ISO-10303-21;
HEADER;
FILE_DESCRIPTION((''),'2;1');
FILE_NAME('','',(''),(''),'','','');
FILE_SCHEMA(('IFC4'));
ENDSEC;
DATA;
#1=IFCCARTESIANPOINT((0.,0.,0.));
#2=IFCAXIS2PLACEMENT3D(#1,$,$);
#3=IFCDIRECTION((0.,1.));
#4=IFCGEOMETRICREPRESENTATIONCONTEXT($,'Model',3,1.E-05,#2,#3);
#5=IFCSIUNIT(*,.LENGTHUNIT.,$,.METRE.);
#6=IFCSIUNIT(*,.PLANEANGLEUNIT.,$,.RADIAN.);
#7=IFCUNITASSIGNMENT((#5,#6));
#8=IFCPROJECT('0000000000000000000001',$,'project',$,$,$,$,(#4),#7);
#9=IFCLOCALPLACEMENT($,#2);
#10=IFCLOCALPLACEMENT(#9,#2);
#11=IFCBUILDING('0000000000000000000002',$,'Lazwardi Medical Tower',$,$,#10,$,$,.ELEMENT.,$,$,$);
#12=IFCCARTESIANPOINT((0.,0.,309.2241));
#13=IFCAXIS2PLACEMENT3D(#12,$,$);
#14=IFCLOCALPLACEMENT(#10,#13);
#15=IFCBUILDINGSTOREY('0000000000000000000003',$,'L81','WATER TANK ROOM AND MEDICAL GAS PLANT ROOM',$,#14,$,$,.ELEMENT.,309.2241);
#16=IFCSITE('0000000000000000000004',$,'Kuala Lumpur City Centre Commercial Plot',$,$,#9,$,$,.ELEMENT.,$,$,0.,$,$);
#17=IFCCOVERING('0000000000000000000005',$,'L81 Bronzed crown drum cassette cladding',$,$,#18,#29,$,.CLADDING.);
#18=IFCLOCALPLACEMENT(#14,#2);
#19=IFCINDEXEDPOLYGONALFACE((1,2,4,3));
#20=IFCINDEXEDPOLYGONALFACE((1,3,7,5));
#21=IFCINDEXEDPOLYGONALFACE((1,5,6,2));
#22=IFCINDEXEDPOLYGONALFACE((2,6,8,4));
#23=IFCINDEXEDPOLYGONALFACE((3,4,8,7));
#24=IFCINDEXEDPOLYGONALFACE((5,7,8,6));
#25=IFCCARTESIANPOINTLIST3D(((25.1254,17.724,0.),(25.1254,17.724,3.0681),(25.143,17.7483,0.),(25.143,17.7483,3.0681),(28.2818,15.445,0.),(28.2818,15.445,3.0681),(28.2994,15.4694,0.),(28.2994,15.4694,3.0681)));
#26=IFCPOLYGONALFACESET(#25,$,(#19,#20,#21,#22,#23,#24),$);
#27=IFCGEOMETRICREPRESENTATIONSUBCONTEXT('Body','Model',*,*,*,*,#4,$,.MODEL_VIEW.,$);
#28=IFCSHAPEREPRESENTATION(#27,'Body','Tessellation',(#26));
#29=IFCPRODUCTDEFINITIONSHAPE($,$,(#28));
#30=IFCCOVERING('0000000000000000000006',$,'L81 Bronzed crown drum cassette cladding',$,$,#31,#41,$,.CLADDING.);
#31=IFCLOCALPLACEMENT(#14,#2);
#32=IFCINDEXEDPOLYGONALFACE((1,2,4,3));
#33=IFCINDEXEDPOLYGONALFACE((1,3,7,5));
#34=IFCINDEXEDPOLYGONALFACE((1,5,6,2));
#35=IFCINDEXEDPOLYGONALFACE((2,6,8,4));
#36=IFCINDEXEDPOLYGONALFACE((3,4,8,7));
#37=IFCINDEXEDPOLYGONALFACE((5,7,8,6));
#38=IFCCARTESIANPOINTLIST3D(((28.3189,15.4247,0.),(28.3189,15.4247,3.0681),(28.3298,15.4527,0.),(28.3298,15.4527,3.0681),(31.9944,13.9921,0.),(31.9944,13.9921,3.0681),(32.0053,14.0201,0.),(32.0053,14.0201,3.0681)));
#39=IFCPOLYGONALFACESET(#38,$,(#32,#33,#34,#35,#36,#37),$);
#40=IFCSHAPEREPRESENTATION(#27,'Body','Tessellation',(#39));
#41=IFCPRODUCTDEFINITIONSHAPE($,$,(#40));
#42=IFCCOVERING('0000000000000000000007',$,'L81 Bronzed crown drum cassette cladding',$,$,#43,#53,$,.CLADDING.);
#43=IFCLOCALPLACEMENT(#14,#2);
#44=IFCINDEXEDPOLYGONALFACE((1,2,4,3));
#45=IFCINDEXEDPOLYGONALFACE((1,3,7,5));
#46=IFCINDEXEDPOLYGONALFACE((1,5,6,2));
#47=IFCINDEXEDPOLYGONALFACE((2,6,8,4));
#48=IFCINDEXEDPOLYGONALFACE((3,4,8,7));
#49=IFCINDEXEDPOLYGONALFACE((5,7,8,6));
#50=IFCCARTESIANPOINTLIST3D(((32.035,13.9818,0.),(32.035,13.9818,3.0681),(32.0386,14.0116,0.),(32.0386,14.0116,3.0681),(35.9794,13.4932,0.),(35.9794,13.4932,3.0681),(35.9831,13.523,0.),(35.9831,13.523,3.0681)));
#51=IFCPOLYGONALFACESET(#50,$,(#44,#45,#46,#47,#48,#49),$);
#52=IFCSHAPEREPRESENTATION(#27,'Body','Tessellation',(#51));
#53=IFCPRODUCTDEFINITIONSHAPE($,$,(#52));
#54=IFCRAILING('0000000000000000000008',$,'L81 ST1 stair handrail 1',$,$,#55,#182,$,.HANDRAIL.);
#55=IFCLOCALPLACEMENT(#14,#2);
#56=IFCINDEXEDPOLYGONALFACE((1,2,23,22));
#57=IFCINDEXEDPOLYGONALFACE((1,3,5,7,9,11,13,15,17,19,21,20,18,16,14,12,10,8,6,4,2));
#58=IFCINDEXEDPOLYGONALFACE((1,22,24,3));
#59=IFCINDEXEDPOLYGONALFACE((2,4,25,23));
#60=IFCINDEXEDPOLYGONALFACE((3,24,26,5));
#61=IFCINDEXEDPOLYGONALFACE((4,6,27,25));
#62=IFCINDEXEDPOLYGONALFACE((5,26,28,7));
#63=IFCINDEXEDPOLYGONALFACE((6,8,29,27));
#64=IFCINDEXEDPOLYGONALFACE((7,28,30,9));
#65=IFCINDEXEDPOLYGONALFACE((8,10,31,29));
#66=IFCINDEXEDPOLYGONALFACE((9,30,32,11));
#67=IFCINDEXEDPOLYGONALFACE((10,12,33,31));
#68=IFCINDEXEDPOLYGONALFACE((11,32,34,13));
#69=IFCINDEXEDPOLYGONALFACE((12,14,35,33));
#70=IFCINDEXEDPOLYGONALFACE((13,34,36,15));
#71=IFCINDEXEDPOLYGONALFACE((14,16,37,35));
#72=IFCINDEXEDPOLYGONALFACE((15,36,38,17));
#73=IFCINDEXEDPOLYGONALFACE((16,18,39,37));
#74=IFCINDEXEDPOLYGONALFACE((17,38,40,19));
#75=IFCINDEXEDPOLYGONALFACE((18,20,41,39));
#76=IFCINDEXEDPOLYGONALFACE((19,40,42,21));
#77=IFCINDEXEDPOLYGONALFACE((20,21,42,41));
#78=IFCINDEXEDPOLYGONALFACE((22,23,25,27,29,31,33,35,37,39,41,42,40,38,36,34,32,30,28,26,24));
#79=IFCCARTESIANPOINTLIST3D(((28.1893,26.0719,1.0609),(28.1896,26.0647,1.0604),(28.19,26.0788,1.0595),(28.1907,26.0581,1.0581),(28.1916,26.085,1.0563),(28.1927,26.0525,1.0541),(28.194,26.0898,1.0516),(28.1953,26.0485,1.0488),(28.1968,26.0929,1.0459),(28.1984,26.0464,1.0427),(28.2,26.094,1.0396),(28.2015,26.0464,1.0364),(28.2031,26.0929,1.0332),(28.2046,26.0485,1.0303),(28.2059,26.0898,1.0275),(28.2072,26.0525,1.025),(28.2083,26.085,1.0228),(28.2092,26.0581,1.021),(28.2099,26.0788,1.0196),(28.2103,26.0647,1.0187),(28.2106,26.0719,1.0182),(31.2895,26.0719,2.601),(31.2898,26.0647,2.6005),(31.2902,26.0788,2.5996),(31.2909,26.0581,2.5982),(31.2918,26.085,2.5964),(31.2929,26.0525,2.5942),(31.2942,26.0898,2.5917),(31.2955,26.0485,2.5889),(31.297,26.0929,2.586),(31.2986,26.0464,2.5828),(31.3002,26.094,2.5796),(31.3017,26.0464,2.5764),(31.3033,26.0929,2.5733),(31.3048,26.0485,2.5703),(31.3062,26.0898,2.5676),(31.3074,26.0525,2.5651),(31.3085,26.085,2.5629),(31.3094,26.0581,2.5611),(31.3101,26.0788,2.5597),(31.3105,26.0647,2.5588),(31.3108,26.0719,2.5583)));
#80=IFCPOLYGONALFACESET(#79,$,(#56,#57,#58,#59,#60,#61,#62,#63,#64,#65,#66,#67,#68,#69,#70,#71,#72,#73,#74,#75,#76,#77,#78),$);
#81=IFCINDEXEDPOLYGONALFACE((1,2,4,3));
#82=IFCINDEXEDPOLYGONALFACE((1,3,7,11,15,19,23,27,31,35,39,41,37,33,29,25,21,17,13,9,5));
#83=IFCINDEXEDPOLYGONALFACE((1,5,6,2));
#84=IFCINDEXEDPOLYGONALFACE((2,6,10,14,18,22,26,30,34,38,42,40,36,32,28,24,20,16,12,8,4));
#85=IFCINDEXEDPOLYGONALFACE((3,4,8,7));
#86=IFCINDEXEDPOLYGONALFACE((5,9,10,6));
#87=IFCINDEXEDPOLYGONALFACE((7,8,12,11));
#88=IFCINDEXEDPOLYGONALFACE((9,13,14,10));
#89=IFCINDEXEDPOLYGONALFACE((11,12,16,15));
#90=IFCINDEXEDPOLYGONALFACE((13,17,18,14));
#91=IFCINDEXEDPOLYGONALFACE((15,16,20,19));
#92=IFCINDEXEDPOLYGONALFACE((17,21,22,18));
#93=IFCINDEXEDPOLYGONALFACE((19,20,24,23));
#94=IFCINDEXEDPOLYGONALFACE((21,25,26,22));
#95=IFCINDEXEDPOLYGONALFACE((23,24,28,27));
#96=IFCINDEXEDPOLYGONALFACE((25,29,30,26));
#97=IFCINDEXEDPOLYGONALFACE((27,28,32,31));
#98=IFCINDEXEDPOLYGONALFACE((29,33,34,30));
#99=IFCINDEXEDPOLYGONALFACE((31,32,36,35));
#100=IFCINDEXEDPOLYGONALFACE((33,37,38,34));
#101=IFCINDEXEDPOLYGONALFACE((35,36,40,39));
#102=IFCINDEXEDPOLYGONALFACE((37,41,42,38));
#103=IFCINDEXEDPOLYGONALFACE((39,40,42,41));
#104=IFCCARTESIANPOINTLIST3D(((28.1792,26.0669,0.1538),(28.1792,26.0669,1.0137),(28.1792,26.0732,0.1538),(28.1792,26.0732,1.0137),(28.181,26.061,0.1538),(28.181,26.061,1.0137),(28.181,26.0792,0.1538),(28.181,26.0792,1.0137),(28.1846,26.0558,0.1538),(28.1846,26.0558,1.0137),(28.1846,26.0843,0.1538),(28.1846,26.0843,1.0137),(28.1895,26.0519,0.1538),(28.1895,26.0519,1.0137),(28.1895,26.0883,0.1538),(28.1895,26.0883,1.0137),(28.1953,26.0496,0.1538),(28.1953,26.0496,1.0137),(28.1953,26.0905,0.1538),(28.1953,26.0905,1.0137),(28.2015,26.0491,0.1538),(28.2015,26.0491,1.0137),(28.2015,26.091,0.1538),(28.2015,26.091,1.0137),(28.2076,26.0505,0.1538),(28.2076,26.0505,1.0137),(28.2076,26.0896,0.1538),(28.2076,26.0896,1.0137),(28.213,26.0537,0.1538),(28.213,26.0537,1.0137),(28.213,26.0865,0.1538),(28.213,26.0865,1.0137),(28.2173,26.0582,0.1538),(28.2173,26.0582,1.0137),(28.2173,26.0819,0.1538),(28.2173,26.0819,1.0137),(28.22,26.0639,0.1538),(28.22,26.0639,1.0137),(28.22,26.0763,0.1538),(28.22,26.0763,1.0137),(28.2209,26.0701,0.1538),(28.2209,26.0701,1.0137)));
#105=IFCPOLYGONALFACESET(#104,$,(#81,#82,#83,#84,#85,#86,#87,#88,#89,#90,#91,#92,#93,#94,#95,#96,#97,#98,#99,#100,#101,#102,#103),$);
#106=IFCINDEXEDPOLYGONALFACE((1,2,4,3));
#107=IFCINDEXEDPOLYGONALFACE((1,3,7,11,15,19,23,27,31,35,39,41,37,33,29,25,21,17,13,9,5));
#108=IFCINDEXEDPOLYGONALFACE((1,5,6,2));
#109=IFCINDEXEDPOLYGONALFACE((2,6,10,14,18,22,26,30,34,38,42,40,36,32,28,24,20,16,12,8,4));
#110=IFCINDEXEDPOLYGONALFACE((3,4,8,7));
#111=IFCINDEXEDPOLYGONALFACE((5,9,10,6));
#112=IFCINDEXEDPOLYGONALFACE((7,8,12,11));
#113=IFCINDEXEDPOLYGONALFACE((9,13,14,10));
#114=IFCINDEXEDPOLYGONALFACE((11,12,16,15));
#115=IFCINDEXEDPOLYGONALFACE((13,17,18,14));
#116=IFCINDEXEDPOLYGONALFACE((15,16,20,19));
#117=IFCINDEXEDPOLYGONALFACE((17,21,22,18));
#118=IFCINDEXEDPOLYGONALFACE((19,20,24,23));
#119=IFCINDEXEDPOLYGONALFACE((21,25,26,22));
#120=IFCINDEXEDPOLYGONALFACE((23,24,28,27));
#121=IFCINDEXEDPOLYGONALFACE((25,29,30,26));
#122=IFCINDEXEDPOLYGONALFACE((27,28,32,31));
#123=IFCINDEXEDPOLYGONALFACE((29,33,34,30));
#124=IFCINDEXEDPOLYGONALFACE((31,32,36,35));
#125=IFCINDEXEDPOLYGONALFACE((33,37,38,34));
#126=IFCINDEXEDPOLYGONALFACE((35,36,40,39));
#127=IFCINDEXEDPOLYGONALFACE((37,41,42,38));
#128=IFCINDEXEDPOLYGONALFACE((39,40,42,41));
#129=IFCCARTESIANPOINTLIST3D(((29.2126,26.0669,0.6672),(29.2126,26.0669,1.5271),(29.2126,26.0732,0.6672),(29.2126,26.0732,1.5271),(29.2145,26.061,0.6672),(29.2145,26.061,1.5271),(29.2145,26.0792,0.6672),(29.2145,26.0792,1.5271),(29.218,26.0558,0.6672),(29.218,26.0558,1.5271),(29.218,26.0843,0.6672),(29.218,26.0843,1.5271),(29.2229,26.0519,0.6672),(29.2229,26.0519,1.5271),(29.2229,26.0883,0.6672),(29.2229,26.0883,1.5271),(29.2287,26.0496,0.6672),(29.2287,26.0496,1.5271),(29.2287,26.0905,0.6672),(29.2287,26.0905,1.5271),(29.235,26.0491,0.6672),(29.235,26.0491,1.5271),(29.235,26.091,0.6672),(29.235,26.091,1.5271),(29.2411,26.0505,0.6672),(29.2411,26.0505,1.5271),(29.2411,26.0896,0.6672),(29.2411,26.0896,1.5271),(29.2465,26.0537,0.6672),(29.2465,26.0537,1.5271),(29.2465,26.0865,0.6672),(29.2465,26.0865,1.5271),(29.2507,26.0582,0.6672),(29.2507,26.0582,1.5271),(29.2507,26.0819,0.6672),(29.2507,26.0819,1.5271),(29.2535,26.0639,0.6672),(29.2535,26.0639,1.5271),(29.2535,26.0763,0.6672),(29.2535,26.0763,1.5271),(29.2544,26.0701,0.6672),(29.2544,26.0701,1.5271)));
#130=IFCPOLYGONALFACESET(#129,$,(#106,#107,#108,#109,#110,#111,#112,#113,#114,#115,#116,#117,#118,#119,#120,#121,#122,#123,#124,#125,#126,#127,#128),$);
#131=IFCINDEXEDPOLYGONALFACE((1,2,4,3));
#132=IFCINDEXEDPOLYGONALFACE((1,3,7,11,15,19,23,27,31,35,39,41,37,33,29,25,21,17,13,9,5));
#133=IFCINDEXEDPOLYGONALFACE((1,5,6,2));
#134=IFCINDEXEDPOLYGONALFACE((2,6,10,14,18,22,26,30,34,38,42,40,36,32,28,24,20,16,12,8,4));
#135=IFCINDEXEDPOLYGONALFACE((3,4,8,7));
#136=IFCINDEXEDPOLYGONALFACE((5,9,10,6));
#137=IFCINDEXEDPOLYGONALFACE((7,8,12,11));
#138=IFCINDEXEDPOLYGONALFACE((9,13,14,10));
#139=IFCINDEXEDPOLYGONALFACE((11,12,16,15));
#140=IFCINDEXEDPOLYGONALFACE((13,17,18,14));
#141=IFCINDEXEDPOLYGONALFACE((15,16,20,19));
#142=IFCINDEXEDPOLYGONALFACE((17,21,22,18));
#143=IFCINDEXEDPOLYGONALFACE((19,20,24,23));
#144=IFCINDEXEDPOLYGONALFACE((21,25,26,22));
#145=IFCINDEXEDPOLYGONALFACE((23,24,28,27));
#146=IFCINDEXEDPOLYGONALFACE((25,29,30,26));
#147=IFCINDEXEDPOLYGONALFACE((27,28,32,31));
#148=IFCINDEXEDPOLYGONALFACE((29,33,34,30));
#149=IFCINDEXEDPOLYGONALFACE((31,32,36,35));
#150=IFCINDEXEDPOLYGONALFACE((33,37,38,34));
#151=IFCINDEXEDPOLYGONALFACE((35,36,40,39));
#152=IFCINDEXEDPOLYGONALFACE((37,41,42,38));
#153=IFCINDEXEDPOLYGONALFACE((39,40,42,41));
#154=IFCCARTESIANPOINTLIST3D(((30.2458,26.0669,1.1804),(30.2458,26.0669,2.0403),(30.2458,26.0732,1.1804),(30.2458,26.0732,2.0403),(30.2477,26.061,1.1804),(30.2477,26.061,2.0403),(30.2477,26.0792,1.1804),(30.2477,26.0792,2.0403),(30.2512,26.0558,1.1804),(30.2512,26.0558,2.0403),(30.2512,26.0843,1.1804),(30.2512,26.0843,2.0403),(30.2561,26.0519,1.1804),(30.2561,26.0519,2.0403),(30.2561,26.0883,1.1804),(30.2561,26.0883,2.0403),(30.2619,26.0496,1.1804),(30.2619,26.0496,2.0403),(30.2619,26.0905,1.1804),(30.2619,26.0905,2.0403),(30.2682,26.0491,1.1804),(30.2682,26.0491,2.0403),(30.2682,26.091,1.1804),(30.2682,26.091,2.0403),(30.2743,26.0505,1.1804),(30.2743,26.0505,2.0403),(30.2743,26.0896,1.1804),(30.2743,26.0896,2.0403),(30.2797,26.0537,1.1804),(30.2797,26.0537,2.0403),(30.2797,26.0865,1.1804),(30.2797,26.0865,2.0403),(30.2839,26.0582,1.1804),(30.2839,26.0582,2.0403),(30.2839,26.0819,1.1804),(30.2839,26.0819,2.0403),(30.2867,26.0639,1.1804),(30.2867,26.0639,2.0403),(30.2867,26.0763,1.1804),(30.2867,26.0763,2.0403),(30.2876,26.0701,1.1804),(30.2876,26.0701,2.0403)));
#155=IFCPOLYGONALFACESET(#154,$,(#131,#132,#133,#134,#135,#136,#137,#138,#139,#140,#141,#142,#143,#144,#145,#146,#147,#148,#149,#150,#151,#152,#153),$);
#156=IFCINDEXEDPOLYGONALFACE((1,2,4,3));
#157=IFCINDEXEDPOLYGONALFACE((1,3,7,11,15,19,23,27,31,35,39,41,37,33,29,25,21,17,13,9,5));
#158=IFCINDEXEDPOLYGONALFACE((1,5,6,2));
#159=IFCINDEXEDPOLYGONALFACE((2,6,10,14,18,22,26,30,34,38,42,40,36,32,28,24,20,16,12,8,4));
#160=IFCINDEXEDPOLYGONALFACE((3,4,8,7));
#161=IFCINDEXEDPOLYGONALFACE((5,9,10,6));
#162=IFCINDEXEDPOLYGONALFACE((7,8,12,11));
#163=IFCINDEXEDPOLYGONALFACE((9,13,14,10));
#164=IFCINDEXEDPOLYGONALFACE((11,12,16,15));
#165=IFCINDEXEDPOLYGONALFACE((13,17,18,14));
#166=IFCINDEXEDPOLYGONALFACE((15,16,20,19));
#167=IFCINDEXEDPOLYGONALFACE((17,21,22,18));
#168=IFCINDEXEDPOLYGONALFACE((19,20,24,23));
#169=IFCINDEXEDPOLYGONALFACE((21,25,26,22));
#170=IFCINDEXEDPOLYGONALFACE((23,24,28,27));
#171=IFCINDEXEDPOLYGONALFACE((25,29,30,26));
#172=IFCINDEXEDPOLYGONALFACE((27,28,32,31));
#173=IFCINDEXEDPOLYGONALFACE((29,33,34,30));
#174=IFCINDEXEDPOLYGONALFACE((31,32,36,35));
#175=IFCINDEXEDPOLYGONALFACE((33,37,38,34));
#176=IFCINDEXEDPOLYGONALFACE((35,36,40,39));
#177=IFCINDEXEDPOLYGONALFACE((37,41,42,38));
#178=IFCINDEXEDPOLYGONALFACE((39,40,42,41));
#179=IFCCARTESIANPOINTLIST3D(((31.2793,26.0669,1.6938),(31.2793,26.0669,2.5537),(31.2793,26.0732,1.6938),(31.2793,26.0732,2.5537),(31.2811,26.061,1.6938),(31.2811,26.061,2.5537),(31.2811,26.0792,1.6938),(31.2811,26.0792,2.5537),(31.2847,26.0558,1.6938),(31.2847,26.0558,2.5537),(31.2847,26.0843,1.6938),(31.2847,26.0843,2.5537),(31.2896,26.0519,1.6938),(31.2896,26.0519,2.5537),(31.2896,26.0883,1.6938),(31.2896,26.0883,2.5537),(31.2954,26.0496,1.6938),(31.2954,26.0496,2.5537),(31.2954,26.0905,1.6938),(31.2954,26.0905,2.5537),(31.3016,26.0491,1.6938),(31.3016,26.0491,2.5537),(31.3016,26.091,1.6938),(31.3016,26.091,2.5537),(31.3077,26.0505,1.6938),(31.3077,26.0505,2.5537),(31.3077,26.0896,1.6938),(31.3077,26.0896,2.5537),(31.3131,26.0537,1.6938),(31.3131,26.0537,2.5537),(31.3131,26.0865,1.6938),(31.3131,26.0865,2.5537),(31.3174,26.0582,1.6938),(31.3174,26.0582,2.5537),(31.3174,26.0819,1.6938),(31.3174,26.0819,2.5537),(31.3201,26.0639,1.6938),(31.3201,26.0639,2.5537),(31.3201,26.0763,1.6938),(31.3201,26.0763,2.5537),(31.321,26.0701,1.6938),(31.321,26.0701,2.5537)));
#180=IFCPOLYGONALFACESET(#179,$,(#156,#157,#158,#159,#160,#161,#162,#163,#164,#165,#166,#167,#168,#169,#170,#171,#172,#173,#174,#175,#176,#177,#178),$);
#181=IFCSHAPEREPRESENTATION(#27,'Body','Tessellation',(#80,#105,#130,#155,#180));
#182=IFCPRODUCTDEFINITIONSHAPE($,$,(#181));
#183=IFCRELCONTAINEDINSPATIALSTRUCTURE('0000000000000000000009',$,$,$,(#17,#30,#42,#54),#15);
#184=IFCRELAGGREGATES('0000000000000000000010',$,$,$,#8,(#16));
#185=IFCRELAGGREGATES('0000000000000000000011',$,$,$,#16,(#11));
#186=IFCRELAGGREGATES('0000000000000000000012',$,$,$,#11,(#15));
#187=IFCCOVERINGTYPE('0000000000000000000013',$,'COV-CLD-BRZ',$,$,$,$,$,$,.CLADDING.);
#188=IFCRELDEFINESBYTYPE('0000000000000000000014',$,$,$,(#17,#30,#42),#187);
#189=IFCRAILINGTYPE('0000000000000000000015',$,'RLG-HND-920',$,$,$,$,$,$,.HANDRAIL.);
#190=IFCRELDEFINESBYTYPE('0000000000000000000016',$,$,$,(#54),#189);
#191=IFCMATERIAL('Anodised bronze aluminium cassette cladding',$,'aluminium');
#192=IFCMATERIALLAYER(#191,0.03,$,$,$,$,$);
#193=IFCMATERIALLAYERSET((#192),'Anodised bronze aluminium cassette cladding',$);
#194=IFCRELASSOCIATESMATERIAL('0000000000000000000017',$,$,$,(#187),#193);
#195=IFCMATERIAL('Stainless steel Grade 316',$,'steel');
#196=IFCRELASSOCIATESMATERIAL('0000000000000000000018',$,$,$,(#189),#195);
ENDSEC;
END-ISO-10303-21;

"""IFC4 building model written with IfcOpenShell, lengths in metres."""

from ifc_helpers import new_model, si_unit, direction, frame, origin, origin_2d, place, context, subcontext, project, spatial, rectangle, circle, extrude, material, layer, layer_set, type_object, element, save


model = new_model("IFC4")

# Units and contexts
model_context = context("Model", 3, precision=1e-05, world=origin(), true_north=direction((0.0, 1.0)))
body_context = subcontext(model_context, "Body", "Model", "MODEL_VIEW")
ifc_project = project(units=[si_unit("LENGTHUNIT", "METRE"), si_unit("PLANEANGLEUNIT", "RADIAN")], contexts=[model_context])

# Site, building, storey
site_placement = place(None, origin())
site = spatial("IfcSite", under=ifc_project, at=site_placement, Name="Kuala Lumpur City Centre Commercial Plot", CompositionType="ELEMENT", RefElevation=0.0)
building_placement = place(site_placement, origin())
building = spatial("IfcBuilding", under=site, at=building_placement, Name="Lazwardi Medical Tower", CompositionType="ELEMENT")
storey_placement = place(building_placement, frame((0.0, 0.0, 309.2241)))
storey = spatial("IfcBuildingStorey", under=building, at=storey_placement, Name="L81", Description="WATER TANK ROOM AND MEDICAL GAS PLANT ROOM", CompositionType="ELEMENT", Elevation=309.2241)

# Coverings
ifc_material_1 = material(Name="Anodised bronze aluminium cassette cladding", Category="aluminium")
ifc_layer_1 = layer(ifc_material_1, 0.03)
ifc_layer_set_1 = layer_set([ifc_layer_1], Name="Anodised bronze aluminium cassette cladding")
covering_type = type_object("IfcCoveringType", Name="COV-CLD-BRZ", PredefinedType="CLADDING", material=ifc_layer_set_1)
covering_1_placement = place(storey_placement, frame((26.7124, 16.5967, 0.0), z_axis=(0.0, 0.0, 1.0), x_axis=(0.810758, -0.585381, 0.0)))
element("IfcCovering", 1, at=covering_1_placement, inside=storey, type_object=covering_type, Name="L81 Bronzed crown drum cassette cladding", PredefinedType="CLADDING", context=body_context, shape_type="SweptSolid", body=[
    extrude(rectangle(XDim=3.8931, YDim=0.03, at=origin_2d()), origin(), (0.0, 0.0, 1.0), 3.0681),
])
covering_2_placement = place(storey_placement, frame((30.1621, 14.7224, 0.0), z_axis=(0.0, 0.0, 1.0), x_axis=(0.931731, -0.36315, 0.0)))
element("IfcCovering", 2, at=covering_2_placement, inside=storey, type_object=covering_type, Name="L81 Bronzed crown drum cassette cladding", PredefinedType="CLADDING", context=body_context, shape_type="SweptSolid", body=[
    extrude(rectangle(XDim=3.9448, YDim=0.03, at=origin_2d()), origin(), (0.0, 0.0, 1.0), 3.0681),
])
covering_3_placement = place(storey_placement, frame((34.009, 13.7524, 0.0), z_axis=(0.0, 0.0, 1.0), x_axis=(0.992415, -0.122933, 0.0)))
element("IfcCovering", 3, at=covering_3_placement, inside=storey, type_object=covering_type, Name="L81 Bronzed crown drum cassette cladding", PredefinedType="CLADDING", context=body_context, shape_type="SweptSolid", body=[
    extrude(rectangle(XDim=3.9746, YDim=0.03, at=origin_2d()), origin(), (0.0, 0.0, 1.0), 3.0681),
])

# Railing
ifc_material_2 = material(Name="Stainless steel Grade 316", Category="steel")
railing_type = type_object("IfcRailingType", Name="RLG-HND-920", PredefinedType="HANDRAIL", material=ifc_material_2)
railing_placement = place(storey_placement, frame((28.2, 26.0701, 0.1538)))
element("IfcRailing", 4, at=railing_placement, inside=storey, type_object=railing_type, Name="L81 ST1 stair handrail 1", PredefinedType="HANDRAIL", context=body_context, shape_type="SweptSolid", body=[
    extrude(circle(Radius=0.0239, at=origin_2d()), frame((0.0, 0.0, 0.8857), z_axis=(0.895581, 0.0, 0.444899), x_axis=(0.0, 1.0, 0.0)), (0.0, 0.0, 1.0), 3.4617),
    extrude(circle(Radius=0.021, at=origin_2d()), origin(), (0.0, 0.0, 1.0), 0.8599),
    extrude(circle(Radius=0.021, at=origin_2d()), frame((1.0334, 0.0, 0.5134)), (0.0, 0.0, 1.0), 0.8599),
    extrude(circle(Radius=0.021, at=origin_2d()), frame((2.0667, 0.0, 1.0266)), (0.0, 0.0, 1.0), 0.8599),
    extrude(circle(Radius=0.021, at=origin_2d()), frame((3.1001, 0.0, 1.54)), (0.0, 0.0, 1.0), 0.8599),
])

save(model, "model.ifc")
